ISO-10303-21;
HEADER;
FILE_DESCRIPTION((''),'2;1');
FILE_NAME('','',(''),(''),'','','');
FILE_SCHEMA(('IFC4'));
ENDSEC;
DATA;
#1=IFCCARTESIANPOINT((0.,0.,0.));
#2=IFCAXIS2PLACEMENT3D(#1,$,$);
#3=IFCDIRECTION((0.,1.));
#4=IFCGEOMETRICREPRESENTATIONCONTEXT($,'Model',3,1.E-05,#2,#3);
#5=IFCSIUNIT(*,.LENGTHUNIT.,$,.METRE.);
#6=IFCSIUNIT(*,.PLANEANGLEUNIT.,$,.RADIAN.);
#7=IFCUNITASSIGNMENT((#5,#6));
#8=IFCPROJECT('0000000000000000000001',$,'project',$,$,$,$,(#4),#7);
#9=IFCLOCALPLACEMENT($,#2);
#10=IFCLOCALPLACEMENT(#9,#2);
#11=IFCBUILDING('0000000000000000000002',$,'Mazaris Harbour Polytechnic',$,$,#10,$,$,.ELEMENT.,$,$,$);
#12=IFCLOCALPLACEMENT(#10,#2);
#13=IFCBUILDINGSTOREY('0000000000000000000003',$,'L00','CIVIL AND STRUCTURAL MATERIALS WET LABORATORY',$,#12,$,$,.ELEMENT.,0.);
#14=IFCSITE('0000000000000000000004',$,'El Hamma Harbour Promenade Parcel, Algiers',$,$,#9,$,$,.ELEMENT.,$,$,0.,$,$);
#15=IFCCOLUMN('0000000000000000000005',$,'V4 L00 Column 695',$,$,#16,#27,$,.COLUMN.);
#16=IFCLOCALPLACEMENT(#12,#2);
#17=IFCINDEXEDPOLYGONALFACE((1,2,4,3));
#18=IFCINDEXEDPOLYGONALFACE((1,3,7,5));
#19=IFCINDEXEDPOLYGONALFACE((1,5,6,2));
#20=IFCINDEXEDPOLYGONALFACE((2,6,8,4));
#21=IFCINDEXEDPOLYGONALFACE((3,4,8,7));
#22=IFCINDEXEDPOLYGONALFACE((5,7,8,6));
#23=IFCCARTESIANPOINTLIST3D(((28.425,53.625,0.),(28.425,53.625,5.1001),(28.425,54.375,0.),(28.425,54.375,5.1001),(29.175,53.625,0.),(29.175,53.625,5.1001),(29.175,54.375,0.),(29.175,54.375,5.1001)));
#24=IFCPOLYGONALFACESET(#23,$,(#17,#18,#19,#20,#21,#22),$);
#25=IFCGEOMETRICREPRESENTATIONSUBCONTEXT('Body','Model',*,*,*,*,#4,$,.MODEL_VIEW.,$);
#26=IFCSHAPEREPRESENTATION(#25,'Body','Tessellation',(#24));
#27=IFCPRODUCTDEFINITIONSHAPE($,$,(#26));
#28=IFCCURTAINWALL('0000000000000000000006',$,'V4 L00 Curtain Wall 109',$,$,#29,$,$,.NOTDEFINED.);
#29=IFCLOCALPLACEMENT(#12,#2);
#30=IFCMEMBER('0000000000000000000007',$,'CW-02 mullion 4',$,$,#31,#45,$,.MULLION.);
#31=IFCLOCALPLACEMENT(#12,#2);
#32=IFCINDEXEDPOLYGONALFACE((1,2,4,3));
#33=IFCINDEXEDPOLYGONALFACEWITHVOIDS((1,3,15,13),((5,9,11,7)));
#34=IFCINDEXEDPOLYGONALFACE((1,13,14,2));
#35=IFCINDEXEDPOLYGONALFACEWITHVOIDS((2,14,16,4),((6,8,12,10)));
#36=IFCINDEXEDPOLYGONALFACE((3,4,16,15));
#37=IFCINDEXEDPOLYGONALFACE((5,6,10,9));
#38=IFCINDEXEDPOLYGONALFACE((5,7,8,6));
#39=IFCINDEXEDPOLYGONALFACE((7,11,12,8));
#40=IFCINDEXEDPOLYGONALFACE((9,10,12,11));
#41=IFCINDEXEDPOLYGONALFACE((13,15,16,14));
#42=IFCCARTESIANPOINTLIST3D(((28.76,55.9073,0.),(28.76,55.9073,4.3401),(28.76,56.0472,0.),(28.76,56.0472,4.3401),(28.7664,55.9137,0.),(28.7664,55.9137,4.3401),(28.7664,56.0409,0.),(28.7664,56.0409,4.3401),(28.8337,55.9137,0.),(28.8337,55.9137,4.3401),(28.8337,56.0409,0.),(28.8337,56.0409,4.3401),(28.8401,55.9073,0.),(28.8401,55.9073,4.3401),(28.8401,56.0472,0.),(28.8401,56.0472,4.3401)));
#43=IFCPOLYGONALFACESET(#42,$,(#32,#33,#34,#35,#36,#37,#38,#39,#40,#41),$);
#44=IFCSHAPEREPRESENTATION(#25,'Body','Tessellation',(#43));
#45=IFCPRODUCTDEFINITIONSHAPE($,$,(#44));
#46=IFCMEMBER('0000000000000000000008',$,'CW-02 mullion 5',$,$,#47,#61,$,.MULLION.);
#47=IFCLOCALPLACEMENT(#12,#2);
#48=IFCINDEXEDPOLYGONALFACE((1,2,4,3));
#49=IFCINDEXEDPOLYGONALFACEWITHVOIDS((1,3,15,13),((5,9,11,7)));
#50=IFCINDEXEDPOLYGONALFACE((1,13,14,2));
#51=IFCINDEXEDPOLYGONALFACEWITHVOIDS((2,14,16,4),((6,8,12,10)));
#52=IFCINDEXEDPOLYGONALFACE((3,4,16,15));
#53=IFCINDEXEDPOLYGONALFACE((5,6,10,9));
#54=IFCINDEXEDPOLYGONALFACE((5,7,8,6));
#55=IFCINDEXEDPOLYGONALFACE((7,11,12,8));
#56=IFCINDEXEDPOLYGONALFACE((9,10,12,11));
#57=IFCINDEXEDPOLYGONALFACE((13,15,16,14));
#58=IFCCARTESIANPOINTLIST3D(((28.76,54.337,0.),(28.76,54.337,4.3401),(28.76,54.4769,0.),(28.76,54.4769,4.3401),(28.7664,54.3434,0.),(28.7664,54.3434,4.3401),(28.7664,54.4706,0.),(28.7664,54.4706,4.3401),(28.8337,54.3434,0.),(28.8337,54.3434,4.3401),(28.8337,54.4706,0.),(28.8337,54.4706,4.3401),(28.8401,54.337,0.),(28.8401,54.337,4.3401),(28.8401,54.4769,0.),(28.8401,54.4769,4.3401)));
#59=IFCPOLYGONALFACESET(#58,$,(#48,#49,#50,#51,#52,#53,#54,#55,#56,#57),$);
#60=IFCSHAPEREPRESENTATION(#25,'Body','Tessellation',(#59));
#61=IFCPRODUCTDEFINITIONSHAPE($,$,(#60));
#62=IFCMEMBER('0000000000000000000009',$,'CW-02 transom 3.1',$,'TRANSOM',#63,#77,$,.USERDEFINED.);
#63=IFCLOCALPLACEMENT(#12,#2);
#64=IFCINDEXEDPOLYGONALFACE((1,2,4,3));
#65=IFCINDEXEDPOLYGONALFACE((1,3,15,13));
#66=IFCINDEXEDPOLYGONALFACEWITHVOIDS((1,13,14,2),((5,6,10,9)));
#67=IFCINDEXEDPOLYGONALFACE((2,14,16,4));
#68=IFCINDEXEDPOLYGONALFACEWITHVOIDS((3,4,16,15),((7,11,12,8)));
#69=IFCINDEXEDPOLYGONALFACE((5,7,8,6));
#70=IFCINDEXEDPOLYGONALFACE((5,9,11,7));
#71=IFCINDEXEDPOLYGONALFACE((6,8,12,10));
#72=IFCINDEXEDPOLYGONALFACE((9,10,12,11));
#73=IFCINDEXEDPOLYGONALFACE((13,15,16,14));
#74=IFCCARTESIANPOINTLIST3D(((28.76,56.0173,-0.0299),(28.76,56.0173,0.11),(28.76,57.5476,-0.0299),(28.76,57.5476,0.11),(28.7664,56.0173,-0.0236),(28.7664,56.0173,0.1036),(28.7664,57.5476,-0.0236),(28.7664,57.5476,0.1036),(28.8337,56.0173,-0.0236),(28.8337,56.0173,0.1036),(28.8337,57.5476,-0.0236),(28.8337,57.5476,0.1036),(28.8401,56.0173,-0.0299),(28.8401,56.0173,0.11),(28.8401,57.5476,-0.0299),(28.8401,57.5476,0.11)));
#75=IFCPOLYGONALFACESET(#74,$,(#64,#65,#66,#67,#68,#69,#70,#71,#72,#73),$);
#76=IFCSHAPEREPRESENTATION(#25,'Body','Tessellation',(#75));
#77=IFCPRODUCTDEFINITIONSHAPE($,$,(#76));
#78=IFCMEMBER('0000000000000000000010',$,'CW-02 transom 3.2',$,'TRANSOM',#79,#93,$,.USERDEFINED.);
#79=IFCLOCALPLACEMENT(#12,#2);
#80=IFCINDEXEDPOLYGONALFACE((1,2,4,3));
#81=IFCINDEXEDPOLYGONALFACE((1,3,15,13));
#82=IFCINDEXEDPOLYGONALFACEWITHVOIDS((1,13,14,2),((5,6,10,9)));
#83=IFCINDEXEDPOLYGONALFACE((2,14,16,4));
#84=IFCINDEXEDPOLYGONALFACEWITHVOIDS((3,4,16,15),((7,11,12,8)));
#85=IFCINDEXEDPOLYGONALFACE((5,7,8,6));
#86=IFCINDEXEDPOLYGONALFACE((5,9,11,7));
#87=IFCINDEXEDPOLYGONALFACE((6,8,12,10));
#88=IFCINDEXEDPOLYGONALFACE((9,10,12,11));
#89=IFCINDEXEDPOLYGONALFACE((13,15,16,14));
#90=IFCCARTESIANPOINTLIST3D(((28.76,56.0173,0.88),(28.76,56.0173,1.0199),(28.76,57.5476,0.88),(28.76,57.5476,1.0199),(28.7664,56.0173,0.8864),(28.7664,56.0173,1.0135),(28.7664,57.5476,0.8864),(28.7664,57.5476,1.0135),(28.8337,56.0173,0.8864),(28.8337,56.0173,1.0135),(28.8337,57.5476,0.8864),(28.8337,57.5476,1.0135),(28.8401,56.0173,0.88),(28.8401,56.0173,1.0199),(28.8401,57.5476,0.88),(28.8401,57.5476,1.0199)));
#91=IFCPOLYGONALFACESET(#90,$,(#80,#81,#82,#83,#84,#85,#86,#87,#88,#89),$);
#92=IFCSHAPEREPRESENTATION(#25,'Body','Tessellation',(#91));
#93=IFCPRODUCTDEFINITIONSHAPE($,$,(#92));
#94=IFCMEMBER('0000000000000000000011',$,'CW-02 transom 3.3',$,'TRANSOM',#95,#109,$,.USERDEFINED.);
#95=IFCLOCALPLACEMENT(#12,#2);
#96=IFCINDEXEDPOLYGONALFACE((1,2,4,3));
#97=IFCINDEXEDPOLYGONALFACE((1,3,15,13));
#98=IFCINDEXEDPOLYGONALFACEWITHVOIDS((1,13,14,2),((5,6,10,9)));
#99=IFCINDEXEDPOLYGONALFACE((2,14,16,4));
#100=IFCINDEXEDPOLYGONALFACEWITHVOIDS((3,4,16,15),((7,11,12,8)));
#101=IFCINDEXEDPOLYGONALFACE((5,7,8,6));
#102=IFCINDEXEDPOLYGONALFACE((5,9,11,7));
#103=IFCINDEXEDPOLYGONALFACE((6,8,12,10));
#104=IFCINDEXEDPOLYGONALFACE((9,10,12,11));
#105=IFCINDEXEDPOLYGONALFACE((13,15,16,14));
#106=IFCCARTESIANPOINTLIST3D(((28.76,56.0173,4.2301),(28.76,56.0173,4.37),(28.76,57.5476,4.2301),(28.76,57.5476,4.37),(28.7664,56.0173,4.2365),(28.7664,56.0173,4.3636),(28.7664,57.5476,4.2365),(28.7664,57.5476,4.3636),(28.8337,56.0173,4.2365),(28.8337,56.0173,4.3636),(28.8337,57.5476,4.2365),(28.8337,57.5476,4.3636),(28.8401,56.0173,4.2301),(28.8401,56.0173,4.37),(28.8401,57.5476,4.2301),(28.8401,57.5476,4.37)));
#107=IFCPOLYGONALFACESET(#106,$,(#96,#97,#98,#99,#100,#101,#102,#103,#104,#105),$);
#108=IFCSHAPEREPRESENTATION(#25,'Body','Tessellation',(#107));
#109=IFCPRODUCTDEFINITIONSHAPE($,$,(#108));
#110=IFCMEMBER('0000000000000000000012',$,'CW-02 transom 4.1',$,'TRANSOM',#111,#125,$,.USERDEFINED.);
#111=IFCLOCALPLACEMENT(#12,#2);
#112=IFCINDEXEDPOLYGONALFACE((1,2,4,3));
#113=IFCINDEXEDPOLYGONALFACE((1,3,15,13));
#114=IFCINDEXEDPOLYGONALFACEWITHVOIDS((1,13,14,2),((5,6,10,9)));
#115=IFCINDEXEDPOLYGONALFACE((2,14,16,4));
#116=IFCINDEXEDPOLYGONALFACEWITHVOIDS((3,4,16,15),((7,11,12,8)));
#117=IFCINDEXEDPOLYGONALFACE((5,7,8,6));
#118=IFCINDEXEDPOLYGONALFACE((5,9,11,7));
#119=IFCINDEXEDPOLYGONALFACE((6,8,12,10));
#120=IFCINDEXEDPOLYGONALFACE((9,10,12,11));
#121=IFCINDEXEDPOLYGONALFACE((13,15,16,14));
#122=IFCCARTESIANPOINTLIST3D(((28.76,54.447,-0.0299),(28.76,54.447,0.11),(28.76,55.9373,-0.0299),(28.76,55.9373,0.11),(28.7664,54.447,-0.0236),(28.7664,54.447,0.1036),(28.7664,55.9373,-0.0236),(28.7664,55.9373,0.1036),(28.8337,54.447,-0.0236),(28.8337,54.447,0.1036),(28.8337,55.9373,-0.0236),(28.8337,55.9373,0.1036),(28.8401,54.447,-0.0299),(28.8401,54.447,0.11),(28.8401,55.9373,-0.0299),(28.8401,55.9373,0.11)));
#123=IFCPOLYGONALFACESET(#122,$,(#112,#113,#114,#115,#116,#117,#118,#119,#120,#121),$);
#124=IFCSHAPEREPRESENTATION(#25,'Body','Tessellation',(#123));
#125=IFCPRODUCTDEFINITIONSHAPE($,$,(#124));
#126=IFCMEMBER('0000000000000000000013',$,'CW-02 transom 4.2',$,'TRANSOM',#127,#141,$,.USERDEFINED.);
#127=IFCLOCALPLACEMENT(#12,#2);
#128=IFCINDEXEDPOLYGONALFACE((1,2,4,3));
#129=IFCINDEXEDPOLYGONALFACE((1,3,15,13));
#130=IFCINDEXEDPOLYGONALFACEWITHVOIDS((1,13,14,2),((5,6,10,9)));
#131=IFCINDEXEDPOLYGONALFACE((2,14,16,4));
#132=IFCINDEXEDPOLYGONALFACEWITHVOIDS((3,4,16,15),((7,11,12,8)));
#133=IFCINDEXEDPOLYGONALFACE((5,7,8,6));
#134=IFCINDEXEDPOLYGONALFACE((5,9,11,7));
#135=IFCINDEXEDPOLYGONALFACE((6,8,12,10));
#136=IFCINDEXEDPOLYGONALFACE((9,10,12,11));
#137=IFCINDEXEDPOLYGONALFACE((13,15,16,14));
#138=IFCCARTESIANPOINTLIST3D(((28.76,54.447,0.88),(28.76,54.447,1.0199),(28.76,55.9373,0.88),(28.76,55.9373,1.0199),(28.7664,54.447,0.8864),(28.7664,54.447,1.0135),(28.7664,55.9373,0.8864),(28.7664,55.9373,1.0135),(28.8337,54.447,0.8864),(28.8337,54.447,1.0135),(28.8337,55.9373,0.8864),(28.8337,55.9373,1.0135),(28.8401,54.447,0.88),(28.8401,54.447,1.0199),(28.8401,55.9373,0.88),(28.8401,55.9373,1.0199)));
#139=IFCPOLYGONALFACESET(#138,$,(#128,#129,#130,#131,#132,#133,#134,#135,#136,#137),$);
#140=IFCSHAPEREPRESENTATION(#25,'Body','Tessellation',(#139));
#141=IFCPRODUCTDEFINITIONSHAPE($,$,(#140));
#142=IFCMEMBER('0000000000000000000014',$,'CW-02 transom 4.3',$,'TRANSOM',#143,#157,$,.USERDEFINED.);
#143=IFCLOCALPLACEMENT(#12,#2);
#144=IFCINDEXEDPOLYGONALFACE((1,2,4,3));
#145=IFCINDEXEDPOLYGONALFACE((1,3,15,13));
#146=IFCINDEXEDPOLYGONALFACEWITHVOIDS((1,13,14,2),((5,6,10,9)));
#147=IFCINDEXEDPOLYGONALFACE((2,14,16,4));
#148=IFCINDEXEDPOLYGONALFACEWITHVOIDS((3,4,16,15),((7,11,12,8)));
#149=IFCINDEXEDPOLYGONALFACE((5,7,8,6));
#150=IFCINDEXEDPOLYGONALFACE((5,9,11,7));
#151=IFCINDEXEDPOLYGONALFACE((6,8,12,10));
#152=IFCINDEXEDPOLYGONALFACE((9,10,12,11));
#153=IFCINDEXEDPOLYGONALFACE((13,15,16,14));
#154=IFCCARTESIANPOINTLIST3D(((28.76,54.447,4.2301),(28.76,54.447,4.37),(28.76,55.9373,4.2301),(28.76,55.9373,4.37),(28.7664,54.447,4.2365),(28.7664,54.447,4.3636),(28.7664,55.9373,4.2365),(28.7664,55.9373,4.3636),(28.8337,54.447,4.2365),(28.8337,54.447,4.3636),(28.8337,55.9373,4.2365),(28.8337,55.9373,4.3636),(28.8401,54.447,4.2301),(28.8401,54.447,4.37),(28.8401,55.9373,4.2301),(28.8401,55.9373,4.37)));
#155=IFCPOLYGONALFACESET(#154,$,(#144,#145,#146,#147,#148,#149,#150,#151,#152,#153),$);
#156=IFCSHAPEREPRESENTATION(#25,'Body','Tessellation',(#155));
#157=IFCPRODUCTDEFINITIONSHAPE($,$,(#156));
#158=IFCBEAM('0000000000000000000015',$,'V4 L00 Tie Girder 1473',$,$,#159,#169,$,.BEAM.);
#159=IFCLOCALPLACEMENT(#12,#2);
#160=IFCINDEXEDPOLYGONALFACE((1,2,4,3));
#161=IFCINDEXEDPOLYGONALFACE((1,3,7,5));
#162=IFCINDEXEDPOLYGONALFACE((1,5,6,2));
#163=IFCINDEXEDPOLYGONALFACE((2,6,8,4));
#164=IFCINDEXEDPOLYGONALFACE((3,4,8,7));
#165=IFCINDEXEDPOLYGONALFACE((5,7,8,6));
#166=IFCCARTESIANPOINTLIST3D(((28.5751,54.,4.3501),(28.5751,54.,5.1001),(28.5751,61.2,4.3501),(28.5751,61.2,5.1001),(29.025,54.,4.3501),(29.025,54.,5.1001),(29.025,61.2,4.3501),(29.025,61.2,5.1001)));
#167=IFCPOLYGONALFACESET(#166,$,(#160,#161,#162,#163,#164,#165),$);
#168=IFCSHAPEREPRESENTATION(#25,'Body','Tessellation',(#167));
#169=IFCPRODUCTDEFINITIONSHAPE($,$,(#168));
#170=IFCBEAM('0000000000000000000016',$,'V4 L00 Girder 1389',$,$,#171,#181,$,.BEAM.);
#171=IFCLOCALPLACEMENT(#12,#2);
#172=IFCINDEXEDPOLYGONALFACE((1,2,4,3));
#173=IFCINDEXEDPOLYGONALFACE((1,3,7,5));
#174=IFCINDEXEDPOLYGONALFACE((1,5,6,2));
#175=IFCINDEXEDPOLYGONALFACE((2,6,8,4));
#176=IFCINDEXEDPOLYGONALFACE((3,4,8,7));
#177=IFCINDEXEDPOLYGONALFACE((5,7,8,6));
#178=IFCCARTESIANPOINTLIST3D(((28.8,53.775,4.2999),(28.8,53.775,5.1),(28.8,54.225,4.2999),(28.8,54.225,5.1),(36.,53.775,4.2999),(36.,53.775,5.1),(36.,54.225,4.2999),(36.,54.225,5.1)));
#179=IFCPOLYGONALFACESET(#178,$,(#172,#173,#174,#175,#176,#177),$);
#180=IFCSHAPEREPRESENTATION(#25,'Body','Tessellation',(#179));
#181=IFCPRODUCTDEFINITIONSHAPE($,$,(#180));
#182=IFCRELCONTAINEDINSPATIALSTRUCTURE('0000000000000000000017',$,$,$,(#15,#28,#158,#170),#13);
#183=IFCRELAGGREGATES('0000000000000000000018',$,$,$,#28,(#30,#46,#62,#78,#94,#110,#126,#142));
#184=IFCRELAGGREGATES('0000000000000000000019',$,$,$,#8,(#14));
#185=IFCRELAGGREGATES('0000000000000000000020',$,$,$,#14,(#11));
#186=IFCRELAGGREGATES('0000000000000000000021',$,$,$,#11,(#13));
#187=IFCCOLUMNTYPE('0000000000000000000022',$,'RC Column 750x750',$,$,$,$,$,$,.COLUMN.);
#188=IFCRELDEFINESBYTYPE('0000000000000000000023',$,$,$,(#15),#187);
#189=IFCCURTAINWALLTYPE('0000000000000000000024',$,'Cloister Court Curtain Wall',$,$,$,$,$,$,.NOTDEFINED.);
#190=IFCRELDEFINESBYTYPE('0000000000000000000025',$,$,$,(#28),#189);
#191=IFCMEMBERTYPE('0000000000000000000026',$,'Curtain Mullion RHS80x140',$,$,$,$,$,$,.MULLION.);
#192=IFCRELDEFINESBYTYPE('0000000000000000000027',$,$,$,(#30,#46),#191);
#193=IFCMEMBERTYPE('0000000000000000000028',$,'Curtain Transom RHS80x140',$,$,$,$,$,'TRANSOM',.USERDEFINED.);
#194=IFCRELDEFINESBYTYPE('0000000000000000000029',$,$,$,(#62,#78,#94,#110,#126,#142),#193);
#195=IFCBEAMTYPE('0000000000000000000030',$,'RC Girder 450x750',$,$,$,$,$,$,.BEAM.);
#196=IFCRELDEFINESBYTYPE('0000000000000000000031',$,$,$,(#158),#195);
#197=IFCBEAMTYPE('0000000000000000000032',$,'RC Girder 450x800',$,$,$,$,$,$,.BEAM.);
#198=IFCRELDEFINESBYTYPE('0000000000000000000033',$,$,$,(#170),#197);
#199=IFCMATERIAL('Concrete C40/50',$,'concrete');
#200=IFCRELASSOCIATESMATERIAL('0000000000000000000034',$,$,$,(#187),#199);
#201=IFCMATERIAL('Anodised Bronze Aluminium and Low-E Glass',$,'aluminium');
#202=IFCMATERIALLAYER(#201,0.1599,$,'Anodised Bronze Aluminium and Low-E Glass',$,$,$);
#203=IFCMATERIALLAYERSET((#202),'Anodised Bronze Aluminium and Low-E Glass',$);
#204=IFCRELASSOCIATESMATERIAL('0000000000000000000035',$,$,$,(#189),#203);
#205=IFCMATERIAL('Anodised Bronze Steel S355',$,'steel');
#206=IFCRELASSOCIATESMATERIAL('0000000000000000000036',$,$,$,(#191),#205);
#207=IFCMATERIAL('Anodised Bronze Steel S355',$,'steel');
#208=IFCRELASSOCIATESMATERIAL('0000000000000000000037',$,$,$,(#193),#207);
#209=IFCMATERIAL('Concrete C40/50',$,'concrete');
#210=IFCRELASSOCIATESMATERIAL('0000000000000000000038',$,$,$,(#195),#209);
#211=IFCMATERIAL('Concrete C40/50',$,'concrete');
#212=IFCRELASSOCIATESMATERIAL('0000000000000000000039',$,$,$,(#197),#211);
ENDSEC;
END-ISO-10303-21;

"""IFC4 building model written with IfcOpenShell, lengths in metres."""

from ifc_helpers import new_model, si_unit, direction, frame, origin, origin_2d, place, context, subcontext, project, spatial, rectangle, hollow_rectangle, extrude, material, layer, layer_set, material_profile, profile_set, type_object, element, aggregate, save


model = new_model("IFC4")

# Units and contexts
model_context = context("Model", 3, precision=1e-05, world=origin(), true_north=direction((0.0, 1.0)))
body_context = subcontext(model_context, "Body", "Model", "MODEL_VIEW")
ifc_project = project(units=[si_unit("LENGTHUNIT", "METRE"), si_unit("PLANEANGLEUNIT", "RADIAN")], contexts=[model_context])

# Site, building, storey
site_placement = place(None, origin())
site = spatial("IfcSite", under=ifc_project, at=site_placement, Name="El Hamma Harbour Promenade Parcel, Algiers", CompositionType="ELEMENT", RefElevation=0.0)
building_placement = place(site_placement, origin())
building = spatial("IfcBuilding", under=site, at=building_placement, Name="Mazaris Harbour Polytechnic", CompositionType="ELEMENT")
storey_placement = place(building_placement, origin())
storey = spatial("IfcBuildingStorey", under=building, at=storey_placement, Name="L00", Description="CIVIL AND STRUCTURAL MATERIALS WET LABORATORY", CompositionType="ELEMENT", Elevation=0.0)

# Column
ifc_material_1 = material(Name="Concrete C40/50", Category="concrete")
ifc_material_profile_1 = material_profile(ifc_material_1, rectangle(XDim=0.75, YDim=0.75, at=origin_2d()), Name="RECT750x750")
ifc_profile_set_1 = profile_set([ifc_material_profile_1], Name="Concrete C40/50")
column_type = type_object("IfcColumnType", Name="RC Column 750x750", PredefinedType="COLUMN", material=ifc_profile_set_1)
column_placement = place(storey_placement, frame((28.8, 54.0, 0.0), z_axis=(0.0, 0.0, 1.0), x_axis=(1.0, 0.0, 0.0)))
element("IfcColumn", 1, at=column_placement, inside=storey, type_object=column_type, Name="V4 L00 Column 695", PredefinedType="COLUMN", context=body_context, shape_type="SweptSolid", body=[
    extrude(rectangle(XDim=0.75, YDim=0.75, at=origin_2d()), origin(), (0.0, 0.0, 1.0), 5.1001),
])

# Curtain wall, members
ifc_material_2 = material(Name="Anodised Bronze Aluminium and Low-E Glass", Category="aluminium")
ifc_layer_1 = layer(ifc_material_2, 0.1599, Name="Anodised Bronze Aluminium and Low-E Glass")
ifc_layer_set_1 = layer_set([ifc_layer_1], Name="Anodised Bronze Aluminium and Low-E Glass")
curtain_wall_type = type_object("IfcCurtainWallType", Name="Cloister Court Curtain Wall", PredefinedType="NOTDEFINED", material=ifc_layer_set_1)
curtain_wall_placement = place(storey_placement, origin())
curtain_wall = element("IfcCurtainWall", 2, at=curtain_wall_placement, inside=storey, type_object=curtain_wall_type, Name="V4 L00 Curtain Wall 109", PredefinedType="NOTDEFINED")
ifc_material_3 = material(Name="Anodised Bronze Steel S355", Category="steel")
ifc_material_profile_2 = material_profile(ifc_material_3, hollow_rectangle(XDim=0.0801, YDim=0.1399, WallThickness=0.0063, at=origin_2d()), Name="RHS 80x140x6.3")
ifc_profile_set_2 = profile_set([ifc_material_profile_2], Name="Anodised Bronze Steel S355")
member_type_1 = type_object("IfcMemberType", Name="Curtain Mullion RHS80x140", PredefinedType="MULLION", material=ifc_profile_set_2)
member_1_placement = place(storey_placement, frame((28.8, 55.9773, 0.0), z_axis=(0.0, 0.0, 1.0), x_axis=(1.0, 0.0, 0.0)))
member_1 = element("IfcMember", 3, at=member_1_placement, type_object=member_type_1, Name="CW-02 mullion 4", PredefinedType="MULLION", context=body_context, shape_type="SweptSolid", body=[
    extrude(hollow_rectangle(XDim=0.0801, YDim=0.1399, WallThickness=0.0063, at=origin_2d()), origin(), (0.0, 0.0, 1.0), 4.3401),
])
member_2_placement = place(storey_placement, frame((28.8, 54.407, 0.0), z_axis=(0.0, 0.0, 1.0), x_axis=(1.0, 0.0, 0.0)))
member_2 = element("IfcMember", 4, at=member_2_placement, type_object=member_type_1, Name="CW-02 mullion 5", PredefinedType="MULLION", context=body_context, shape_type="SweptSolid", body=[
    extrude(hollow_rectangle(XDim=0.0801, YDim=0.1399, WallThickness=0.0063, at=origin_2d()), origin(), (0.0, 0.0, 1.0), 4.3401),
])
ifc_material_4 = material(Name="Anodised Bronze Steel S355", Category="steel")
ifc_material_profile_3 = material_profile(ifc_material_4, hollow_rectangle(XDim=0.0801, YDim=0.1399, WallThickness=0.0063, at=origin_2d()), Name="RHS 80x140x6.3")
ifc_profile_set_3 = profile_set([ifc_material_profile_3], Name="Anodised Bronze Steel S355")
member_type_2 = type_object("IfcMemberType", Name="Curtain Transom RHS80x140", ElementType="TRANSOM", PredefinedType="USERDEFINED", material=ifc_profile_set_3)
member_3_placement = place(storey_placement, frame((28.8, 57.5476, 0.04), z_axis=(0.0, -1.0, 0.0), x_axis=(1.0, 0.0, 0.0)))
member_3 = element("IfcMember", 5, at=member_3_placement, type_object=member_type_2, Name="CW-02 transom 3.1", ObjectType="TRANSOM", PredefinedType="USERDEFINED", context=body_context, shape_type="SweptSolid", body=[
    extrude(hollow_rectangle(XDim=0.0801, YDim=0.1399, WallThickness=0.0063, at=origin_2d()), origin(), (0.0, 0.0, 1.0), 1.5303),
])
member_4_placement = place(storey_placement, frame((28.8, 57.5476, 0.95), z_axis=(0.0, -1.0, 0.0), x_axis=(1.0, 0.0, 0.0)))
member_4 = element("IfcMember", 6, at=member_4_placement, type_object=member_type_2, Name="CW-02 transom 3.2", ObjectType="TRANSOM", PredefinedType="USERDEFINED", context=body_context, shape_type="SweptSolid", body=[
    extrude(hollow_rectangle(XDim=0.0801, YDim=0.1399, WallThickness=0.0063, at=origin_2d()), origin(), (0.0, 0.0, 1.0), 1.5303),
])
member_5_placement = place(storey_placement, frame((28.8, 57.5476, 4.3), z_axis=(0.0, -1.0, 0.0), x_axis=(1.0, 0.0, 0.0)))
member_5 = element("IfcMember", 7, at=member_5_placement, type_object=member_type_2, Name="CW-02 transom 3.3", ObjectType="TRANSOM", PredefinedType="USERDEFINED", context=body_context, shape_type="SweptSolid", body=[
    extrude(hollow_rectangle(XDim=0.0801, YDim=0.1399, WallThickness=0.0063, at=origin_2d()), origin(), (0.0, 0.0, 1.0), 1.5303),
])
member_6_placement = place(storey_placement, frame((28.8, 55.9373, 0.04), z_axis=(0.0, -1.0, 0.0), x_axis=(1.0, 0.0, 0.0)))
member_6 = element("IfcMember", 8, at=member_6_placement, type_object=member_type_2, Name="CW-02 transom 4.1", ObjectType="TRANSOM", PredefinedType="USERDEFINED", context=body_context, shape_type="SweptSolid", body=[
    extrude(hollow_rectangle(XDim=0.0801, YDim=0.1399, WallThickness=0.0063, at=origin_2d()), origin(), (0.0, 0.0, 1.0), 1.4902),
])
member_7_placement = place(storey_placement, frame((28.8, 55.9373, 0.95), z_axis=(0.0, -1.0, 0.0), x_axis=(1.0, 0.0, 0.0)))
member_7 = element("IfcMember", 9, at=member_7_placement, type_object=member_type_2, Name="CW-02 transom 4.2", ObjectType="TRANSOM", PredefinedType="USERDEFINED", context=body_context, shape_type="SweptSolid", body=[
    extrude(hollow_rectangle(XDim=0.0801, YDim=0.1399, WallThickness=0.0063, at=origin_2d()), origin(), (0.0, 0.0, 1.0), 1.4902),
])
member_8_placement = place(storey_placement, frame((28.8, 55.9373, 4.3), z_axis=(0.0, -1.0, 0.0), x_axis=(1.0, 0.0, 0.0)))
member_8 = element("IfcMember", 10, at=member_8_placement, type_object=member_type_2, Name="CW-02 transom 4.3", ObjectType="TRANSOM", PredefinedType="USERDEFINED", context=body_context, shape_type="SweptSolid", body=[
    extrude(hollow_rectangle(XDim=0.0801, YDim=0.1399, WallThickness=0.0063, at=origin_2d()), origin(), (0.0, 0.0, 1.0), 1.4902),
])

# Beams
ifc_material_5 = material(Name="Concrete C40/50", Category="concrete")
ifc_material_profile_4 = material_profile(ifc_material_5, rectangle(XDim=0.45, YDim=0.75, at=origin_2d()), Name="RECT450x750")
ifc_profile_set_4 = profile_set([ifc_material_profile_4], Name="Concrete C40/50")
beam_type_1 = type_object("IfcBeamType", Name="RC Girder 450x750", PredefinedType="BEAM", material=ifc_profile_set_4)
beam_1_placement = place(storey_placement, frame((28.8, 54.0, 4.7251), z_axis=(0.0, 1.0, 0.0), x_axis=(-1.0, 0.0, 0.0)))
element("IfcBeam", 11, at=beam_1_placement, inside=storey, type_object=beam_type_1, Name="V4 L00 Tie Girder 1473", PredefinedType="BEAM", context=body_context, shape_type="SweptSolid", body=[
    extrude(rectangle(XDim=0.45, YDim=0.75, at=origin_2d()), origin(), (0.0, 0.0, 1.0), 7.2),
])
ifc_material_6 = material(Name="Concrete C40/50", Category="concrete")
ifc_material_profile_5 = material_profile(ifc_material_6, rectangle(XDim=0.45, YDim=0.8, at=origin_2d()), Name="RECT450x800")
ifc_profile_set_5 = profile_set([ifc_material_profile_5], Name="Concrete C40/50")
beam_type_2 = type_object("IfcBeamType", Name="RC Girder 450x800", PredefinedType="BEAM", material=ifc_profile_set_5)
beam_2_placement = place(storey_placement, frame((28.8, 54.0, 4.7), z_axis=(1.0, 0.0, 0.0), x_axis=(0.0, 1.0, 0.0)))
element("IfcBeam", 12, at=beam_2_placement, inside=storey, type_object=beam_type_2, Name="V4 L00 Girder 1389", PredefinedType="BEAM", context=body_context, shape_type="SweptSolid", body=[
    extrude(rectangle(XDim=0.45, YDim=0.8, at=origin_2d()), origin(), (0.0, 0.0, 1.0), 7.2),
])

aggregate(curtain_wall, [member_1, member_2, member_3, member_4, member_5, member_6, member_7, member_8])

save(model, "model.ifc")
